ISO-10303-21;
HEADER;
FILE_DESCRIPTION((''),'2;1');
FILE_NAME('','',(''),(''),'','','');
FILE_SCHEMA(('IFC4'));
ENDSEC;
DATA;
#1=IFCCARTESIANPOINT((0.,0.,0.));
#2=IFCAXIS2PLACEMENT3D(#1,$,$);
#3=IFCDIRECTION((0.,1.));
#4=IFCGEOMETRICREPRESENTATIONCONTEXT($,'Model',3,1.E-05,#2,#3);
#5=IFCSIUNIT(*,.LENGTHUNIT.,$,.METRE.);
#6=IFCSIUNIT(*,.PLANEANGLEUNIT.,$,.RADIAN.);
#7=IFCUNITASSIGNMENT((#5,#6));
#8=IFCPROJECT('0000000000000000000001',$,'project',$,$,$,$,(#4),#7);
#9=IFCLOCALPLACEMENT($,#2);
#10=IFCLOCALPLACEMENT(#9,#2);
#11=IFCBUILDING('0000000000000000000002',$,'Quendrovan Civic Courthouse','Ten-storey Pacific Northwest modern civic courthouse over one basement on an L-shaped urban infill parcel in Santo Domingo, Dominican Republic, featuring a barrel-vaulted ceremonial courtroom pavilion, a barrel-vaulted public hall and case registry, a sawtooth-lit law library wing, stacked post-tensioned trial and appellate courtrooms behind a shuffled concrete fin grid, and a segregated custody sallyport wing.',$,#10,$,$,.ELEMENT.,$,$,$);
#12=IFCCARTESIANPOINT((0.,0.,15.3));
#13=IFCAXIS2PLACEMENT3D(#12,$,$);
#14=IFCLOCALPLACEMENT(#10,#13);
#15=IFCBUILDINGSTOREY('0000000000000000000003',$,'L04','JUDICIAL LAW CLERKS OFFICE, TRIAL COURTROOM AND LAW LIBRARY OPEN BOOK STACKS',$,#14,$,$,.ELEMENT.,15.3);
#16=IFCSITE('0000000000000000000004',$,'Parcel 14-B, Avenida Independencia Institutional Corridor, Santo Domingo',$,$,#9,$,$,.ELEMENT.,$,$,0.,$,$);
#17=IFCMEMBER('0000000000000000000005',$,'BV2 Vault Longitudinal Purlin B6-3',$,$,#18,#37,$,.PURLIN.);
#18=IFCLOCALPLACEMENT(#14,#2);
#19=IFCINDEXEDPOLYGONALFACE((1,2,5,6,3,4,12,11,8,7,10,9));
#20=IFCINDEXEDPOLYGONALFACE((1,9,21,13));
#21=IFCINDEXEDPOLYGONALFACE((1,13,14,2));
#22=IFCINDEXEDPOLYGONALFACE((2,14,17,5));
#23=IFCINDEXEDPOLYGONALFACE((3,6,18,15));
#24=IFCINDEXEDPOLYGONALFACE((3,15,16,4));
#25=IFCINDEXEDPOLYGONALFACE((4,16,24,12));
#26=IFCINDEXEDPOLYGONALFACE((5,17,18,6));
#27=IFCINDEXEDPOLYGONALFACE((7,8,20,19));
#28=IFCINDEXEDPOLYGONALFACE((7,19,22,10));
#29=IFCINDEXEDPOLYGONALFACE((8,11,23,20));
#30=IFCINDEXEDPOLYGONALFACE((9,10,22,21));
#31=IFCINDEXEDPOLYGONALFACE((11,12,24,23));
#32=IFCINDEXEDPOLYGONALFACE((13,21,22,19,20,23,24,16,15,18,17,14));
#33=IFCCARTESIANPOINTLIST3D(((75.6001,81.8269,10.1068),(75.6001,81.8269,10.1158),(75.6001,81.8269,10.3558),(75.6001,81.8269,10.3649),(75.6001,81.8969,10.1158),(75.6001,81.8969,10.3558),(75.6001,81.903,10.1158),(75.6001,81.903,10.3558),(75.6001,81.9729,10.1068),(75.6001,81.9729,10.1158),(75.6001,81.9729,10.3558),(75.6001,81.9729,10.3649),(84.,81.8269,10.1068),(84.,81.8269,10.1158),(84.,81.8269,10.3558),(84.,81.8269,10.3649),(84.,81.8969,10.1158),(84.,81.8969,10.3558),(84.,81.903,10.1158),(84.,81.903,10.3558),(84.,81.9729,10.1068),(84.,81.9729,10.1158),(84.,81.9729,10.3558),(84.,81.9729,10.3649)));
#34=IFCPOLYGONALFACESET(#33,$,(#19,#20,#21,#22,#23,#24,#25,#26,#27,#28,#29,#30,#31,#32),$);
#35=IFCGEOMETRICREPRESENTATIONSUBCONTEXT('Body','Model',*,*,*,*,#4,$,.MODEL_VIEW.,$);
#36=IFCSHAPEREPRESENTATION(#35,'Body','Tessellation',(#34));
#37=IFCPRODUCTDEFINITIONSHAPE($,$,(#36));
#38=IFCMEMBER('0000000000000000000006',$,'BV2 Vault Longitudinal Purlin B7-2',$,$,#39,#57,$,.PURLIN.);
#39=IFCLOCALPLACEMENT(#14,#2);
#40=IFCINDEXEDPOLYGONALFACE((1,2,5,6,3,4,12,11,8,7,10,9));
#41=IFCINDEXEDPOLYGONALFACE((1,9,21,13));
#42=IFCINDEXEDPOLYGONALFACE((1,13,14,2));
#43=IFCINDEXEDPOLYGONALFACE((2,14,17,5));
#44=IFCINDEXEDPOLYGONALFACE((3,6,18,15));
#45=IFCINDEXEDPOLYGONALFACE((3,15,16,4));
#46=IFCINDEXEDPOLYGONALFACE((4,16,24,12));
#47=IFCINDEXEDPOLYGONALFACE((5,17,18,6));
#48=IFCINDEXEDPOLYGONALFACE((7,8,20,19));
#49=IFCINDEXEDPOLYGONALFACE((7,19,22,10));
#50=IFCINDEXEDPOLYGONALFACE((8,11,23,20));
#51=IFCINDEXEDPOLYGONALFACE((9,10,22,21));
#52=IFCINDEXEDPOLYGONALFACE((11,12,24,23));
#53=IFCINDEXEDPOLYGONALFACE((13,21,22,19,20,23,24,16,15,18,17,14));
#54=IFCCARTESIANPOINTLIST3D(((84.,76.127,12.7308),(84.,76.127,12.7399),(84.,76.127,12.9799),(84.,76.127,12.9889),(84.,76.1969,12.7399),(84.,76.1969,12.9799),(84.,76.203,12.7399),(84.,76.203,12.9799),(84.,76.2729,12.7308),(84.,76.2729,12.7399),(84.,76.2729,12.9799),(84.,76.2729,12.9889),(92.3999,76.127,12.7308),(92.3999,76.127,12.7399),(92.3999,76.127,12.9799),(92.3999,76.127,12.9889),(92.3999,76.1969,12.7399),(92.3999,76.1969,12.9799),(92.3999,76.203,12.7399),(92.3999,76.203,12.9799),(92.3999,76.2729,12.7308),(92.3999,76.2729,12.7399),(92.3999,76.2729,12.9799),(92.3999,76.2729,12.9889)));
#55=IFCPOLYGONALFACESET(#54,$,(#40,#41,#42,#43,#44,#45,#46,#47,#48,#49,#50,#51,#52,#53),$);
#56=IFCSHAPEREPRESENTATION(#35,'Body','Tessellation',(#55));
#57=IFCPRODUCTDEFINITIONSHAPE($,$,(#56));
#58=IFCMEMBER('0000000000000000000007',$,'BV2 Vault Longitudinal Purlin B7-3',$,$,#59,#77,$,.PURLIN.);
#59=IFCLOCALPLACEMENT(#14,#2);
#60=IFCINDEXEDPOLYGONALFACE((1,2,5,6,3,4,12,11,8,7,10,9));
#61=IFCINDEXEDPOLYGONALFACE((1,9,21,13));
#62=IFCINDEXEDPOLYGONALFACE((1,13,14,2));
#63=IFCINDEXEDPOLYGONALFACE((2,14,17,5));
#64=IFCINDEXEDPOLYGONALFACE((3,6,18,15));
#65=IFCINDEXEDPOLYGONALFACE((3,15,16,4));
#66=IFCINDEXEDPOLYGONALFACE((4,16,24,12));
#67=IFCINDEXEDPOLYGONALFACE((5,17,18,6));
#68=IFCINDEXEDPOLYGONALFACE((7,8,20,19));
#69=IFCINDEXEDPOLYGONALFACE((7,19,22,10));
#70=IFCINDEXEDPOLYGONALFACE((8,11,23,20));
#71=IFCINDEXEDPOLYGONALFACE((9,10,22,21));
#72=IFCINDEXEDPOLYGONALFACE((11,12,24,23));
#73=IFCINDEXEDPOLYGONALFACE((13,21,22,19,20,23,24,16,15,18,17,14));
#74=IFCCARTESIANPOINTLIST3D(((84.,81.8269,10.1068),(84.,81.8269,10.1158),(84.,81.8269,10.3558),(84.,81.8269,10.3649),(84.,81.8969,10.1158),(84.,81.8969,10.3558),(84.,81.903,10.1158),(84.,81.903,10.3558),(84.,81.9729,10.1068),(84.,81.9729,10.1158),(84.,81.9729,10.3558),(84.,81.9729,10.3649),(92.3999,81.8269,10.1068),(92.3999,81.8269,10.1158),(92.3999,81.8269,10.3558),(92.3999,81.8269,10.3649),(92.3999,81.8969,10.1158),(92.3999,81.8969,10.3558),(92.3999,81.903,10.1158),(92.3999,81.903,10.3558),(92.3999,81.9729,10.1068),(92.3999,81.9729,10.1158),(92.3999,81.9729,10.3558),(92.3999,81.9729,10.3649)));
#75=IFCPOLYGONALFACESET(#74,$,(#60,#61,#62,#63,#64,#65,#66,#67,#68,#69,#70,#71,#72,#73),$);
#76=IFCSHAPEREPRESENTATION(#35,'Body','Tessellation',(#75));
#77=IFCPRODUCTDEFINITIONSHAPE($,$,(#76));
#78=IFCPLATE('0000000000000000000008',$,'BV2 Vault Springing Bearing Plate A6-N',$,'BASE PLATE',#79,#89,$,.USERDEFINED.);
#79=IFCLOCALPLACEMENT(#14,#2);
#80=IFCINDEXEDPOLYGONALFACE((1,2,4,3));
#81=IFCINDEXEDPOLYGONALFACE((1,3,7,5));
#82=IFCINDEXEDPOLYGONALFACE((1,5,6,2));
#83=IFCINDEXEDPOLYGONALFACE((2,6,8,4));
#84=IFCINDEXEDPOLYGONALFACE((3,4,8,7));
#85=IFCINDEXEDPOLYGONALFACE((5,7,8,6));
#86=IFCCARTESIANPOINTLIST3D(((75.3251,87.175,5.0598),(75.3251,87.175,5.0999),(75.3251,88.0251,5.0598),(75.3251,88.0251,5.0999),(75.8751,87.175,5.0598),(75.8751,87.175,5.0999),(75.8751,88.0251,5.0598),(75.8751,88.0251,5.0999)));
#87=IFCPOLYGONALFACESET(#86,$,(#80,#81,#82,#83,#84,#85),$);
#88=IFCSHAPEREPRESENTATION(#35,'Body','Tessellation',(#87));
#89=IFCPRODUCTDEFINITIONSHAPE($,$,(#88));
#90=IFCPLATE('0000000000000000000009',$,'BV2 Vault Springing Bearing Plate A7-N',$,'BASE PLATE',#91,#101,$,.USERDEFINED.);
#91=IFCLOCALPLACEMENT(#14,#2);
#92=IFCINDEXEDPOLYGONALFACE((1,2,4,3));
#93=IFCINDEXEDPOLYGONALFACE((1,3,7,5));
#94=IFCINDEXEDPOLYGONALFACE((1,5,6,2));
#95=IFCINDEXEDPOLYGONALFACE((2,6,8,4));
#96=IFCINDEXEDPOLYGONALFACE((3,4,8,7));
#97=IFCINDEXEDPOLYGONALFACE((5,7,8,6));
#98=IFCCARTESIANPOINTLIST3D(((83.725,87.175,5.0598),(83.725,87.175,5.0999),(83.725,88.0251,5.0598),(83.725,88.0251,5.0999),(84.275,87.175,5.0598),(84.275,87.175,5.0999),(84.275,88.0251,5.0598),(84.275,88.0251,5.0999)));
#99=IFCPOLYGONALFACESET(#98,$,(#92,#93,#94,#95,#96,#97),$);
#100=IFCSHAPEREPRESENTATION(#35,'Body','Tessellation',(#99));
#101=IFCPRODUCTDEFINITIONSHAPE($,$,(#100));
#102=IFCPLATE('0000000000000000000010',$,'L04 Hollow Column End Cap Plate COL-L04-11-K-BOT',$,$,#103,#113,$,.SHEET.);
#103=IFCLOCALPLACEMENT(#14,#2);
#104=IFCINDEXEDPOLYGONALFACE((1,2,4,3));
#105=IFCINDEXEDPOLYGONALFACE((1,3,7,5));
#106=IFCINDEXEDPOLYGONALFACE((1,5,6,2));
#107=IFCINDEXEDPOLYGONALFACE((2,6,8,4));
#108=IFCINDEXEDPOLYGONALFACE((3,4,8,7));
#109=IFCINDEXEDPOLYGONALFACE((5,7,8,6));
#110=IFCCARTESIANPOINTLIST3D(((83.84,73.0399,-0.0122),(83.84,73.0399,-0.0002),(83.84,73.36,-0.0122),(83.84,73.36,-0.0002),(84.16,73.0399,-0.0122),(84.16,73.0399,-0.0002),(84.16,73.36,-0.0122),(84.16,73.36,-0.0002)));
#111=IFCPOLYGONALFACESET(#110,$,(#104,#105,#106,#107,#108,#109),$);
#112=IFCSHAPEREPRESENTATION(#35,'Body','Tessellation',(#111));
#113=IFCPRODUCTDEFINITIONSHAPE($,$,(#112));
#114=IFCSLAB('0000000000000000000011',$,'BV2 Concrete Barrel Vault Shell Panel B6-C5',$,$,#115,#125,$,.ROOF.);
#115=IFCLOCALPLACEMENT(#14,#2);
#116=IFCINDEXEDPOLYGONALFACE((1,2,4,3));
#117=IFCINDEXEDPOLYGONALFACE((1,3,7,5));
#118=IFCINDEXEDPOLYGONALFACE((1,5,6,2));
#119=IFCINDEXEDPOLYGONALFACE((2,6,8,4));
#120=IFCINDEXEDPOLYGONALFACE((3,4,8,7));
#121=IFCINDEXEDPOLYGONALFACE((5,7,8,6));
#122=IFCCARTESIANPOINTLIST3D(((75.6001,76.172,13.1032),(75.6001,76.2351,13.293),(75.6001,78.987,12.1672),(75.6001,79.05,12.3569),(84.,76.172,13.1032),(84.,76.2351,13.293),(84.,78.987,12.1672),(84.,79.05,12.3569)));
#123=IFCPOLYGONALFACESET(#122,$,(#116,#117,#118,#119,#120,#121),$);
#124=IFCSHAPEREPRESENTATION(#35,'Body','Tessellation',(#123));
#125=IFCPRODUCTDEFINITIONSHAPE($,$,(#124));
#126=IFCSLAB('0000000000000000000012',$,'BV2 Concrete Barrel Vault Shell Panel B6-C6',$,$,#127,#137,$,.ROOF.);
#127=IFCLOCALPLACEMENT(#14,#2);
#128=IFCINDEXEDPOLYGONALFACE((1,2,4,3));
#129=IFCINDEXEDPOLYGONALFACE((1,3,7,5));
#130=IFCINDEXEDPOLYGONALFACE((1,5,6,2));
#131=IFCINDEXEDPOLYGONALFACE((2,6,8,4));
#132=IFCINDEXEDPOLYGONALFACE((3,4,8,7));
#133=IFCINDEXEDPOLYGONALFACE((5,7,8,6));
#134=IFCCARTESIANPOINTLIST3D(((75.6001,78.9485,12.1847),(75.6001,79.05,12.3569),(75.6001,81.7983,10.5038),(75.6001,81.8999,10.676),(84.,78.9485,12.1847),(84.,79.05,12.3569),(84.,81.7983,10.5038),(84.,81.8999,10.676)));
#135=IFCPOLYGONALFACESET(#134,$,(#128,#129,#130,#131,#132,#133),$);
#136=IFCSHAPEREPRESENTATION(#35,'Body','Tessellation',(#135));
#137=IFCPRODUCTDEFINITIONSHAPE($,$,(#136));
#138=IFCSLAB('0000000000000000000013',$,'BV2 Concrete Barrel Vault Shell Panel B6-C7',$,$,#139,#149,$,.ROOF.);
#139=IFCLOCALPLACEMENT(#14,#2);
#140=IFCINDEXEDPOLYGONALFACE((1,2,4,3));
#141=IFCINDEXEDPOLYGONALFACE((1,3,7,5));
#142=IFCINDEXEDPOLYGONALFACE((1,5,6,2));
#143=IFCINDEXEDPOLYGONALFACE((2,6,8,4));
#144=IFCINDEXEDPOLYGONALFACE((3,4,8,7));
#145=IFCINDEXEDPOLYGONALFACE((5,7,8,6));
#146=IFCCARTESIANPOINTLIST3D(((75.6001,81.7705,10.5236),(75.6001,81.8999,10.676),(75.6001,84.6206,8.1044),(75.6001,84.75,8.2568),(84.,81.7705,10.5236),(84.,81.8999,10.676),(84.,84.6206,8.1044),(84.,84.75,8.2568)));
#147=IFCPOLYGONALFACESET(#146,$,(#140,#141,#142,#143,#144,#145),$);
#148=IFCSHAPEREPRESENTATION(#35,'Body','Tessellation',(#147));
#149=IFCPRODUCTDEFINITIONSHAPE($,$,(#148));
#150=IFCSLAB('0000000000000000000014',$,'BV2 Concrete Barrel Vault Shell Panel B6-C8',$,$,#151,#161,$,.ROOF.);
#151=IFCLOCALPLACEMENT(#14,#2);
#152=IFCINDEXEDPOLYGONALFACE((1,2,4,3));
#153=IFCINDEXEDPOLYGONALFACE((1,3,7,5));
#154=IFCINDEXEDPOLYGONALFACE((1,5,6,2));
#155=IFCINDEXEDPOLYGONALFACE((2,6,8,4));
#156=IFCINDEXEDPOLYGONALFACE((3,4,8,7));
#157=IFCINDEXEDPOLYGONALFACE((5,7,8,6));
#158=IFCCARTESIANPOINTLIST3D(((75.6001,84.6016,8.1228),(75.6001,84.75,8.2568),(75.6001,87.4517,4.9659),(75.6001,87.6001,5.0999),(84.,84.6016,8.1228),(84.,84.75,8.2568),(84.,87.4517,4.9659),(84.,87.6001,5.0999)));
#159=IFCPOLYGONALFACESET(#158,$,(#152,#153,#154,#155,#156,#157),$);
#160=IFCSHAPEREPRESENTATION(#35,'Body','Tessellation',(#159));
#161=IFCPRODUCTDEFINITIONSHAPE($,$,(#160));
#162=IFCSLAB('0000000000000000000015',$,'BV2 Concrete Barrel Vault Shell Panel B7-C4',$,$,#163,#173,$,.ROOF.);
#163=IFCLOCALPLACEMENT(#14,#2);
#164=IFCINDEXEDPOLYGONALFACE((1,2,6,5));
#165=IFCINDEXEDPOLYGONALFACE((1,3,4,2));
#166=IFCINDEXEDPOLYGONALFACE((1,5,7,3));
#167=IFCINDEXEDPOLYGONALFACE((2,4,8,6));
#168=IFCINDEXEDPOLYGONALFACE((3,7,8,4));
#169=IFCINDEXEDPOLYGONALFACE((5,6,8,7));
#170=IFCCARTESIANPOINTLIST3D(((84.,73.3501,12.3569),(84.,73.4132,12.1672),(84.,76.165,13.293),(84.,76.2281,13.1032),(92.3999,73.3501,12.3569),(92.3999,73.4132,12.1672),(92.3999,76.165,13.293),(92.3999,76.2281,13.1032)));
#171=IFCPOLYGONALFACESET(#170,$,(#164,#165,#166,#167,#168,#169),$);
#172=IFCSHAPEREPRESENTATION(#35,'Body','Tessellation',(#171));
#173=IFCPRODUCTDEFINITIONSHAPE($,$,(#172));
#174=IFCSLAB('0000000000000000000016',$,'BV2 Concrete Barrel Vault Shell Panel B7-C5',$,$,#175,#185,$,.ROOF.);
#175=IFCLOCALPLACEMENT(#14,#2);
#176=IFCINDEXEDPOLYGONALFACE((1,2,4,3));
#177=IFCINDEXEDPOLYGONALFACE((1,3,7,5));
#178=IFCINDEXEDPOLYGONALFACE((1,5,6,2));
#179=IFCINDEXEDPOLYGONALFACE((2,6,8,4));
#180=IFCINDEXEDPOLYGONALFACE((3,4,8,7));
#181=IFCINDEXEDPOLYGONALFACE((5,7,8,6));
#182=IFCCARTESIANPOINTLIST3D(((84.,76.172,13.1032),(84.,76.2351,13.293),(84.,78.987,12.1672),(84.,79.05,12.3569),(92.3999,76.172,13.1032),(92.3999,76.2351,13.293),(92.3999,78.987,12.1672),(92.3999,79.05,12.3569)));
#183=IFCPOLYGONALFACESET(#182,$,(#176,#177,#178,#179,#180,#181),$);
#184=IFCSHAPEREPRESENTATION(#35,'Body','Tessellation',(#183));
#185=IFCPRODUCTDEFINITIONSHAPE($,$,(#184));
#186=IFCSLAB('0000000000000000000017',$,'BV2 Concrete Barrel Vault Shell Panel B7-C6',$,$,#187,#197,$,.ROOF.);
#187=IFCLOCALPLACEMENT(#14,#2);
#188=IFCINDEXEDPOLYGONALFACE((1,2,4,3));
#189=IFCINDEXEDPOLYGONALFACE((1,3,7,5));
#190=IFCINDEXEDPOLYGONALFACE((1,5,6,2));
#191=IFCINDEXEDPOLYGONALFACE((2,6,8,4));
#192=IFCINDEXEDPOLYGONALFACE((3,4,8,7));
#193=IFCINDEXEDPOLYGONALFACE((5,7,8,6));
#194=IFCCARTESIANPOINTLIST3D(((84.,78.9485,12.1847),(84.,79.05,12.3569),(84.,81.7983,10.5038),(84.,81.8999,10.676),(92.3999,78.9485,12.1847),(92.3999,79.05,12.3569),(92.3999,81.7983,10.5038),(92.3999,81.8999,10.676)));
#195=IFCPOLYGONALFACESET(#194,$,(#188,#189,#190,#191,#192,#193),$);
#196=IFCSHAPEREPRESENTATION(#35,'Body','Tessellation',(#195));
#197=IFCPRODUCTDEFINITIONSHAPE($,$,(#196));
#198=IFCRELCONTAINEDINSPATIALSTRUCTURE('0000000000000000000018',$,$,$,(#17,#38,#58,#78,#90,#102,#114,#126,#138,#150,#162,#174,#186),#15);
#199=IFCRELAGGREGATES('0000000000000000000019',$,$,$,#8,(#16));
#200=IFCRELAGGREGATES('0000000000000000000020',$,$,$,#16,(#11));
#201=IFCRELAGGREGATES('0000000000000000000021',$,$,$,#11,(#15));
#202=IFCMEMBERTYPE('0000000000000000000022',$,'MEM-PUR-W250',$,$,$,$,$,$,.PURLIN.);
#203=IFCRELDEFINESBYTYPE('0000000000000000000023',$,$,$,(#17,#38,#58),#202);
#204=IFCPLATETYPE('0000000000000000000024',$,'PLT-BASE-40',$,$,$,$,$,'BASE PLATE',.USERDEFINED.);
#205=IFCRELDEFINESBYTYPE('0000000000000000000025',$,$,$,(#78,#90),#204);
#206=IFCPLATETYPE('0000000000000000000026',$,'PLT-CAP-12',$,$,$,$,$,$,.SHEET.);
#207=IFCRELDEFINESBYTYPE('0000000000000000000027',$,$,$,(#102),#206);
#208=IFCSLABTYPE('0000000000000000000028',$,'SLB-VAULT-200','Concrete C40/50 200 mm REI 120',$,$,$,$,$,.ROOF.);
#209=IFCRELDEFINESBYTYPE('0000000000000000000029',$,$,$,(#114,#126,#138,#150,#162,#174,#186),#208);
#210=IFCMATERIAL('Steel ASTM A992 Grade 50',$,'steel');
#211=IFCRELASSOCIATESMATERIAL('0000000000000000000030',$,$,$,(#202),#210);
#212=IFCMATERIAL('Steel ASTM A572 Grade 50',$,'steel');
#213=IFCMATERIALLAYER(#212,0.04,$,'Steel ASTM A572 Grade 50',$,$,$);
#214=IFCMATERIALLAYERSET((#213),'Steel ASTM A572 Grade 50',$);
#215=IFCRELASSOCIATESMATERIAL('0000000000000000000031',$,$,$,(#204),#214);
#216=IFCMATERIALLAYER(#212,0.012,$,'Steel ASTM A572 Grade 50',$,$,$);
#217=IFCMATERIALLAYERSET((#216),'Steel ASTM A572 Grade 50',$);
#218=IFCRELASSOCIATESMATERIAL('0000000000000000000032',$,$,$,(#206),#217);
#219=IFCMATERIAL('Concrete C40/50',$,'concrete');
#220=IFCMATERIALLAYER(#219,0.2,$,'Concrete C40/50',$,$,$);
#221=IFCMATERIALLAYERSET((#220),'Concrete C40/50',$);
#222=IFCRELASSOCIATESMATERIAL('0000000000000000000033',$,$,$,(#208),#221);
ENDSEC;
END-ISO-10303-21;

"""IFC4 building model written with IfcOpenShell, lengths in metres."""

from ifc_helpers import new_model, si_unit, direction, frame, origin, origin_2d, place, context, subcontext, project, spatial, polyline, rectangle, i_section, outline, extrude, material, layer, layer_set, material_profile, profile_set, type_object, element, save


model = new_model("IFC4")

# Units and contexts
model_context = context("Model", 3, precision=1e-05, world=origin(), true_north=direction((0.0, 1.0)))
body_context = subcontext(model_context, "Body", "Model", "MODEL_VIEW")
ifc_project = project(units=[si_unit("LENGTHUNIT", "METRE"), si_unit("PLANEANGLEUNIT", "RADIAN")], contexts=[model_context])

# Site, building, storey
site_placement = place(None, origin())
site = spatial("IfcSite", under=ifc_project, at=site_placement, Name="Parcel 14-B, Avenida Independencia Institutional Corridor, Santo Domingo", CompositionType="ELEMENT", RefElevation=0.0)
building_placement = place(site_placement, origin())
building = spatial("IfcBuilding", under=site, at=building_placement, Name="Quendrovan Civic Courthouse", Description="Ten-storey Pacific Northwest modern civic courthouse over one basement on an L-shaped urban infill parcel in Santo Domingo, Dominican Republic, featuring a barrel-vaulted ceremonial courtroom pavilion, a barrel-vaulted public hall and case registry, a sawtooth-lit law library wing, stacked post-tensioned trial and appellate courtrooms behind a shuffled concrete fin grid, and a segregated custody sallyport wing.", CompositionType="ELEMENT")
storey_placement = place(building_placement, frame((0.0, 0.0, 15.3)))
storey = spatial("IfcBuildingStorey", under=building, at=storey_placement, Name="L04", Description="JUDICIAL LAW CLERKS OFFICE, TRIAL COURTROOM AND LAW LIBRARY OPEN BOOK STACKS", CompositionType="ELEMENT", Elevation=15.3)

# Shared definitions
ifc_material_1 = material(Name="Concrete C40/50", Category="concrete")

# Members
ifc_material_2 = material(Name="Steel ASTM A992 Grade 50", Category="steel")
ifc_material_profile_1 = material_profile(ifc_material_2, i_section(OverallWidth=0.146, OverallDepth=0.2581, WebThickness=0.0061, FlangeThickness=0.009, at=origin_2d()), Name="W250x33")
ifc_profile_set_1 = profile_set([ifc_material_profile_1], Name="Steel ASTM A992 Grade 50")
member_type = type_object("IfcMemberType", Name="MEM-PUR-W250", PredefinedType="PURLIN", material=ifc_profile_set_1)
for number, where, z_axis, x_axis, name in (
    (1, (75.6001, 81.8999, 10.2358), (1.0, 0.0, 0.0), (0.0, 1.0, 0.0), "BV2 Vault Longitudinal Purlin B6-3"),
    (2, (84.0, 76.2, 12.8599), (1.0, 0.0, 0.0), (0.0, 1.0, 0.0), "BV2 Vault Longitudinal Purlin B7-2"),
    (3, (84.0, 81.8999, 10.2358), (1.0, 0.0, 0.0), (0.0, 1.0, 0.0), "BV2 Vault Longitudinal Purlin B7-3"),
):
    element("IfcMember", number, at=place(storey_placement, frame(where, z_axis=z_axis, x_axis=x_axis)), inside=storey, type_object=member_type, Name=name, PredefinedType="PURLIN", context=body_context, shape_type="SweptSolid", body=[
        extrude(i_section(OverallWidth=0.146, OverallDepth=0.2581, WebThickness=0.0061, FlangeThickness=0.009, at=origin_2d()), origin(), (0.0, 0.0, 1.0), 8.3999),
    ])

# Plates
ifc_material_3 = material(Name="Steel ASTM A572 Grade 50", Category="steel")
ifc_layer_1 = layer(ifc_material_3, 0.04, Name="Steel ASTM A572 Grade 50")
ifc_layer_set_1 = layer_set([ifc_layer_1], Name="Steel ASTM A572 Grade 50")
plate_type_1 = type_object("IfcPlateType", Name="PLT-BASE-40", ElementType="BASE PLATE", PredefinedType="USERDEFINED", material=ifc_layer_set_1)
for number, where, z_axis, x_axis, name in (
    (4, (75.6001, 87.6001, 5.0598), (0.0, 0.0, 1.0), (1.0, 0.0, 0.0), "BV2 Vault Springing Bearing Plate A6-N"),
    (5, (84.0, 87.6001, 5.0598), (0.0, 0.0, 1.0), (1.0, 0.0, 0.0), "BV2 Vault Springing Bearing Plate A7-N"),
):
    element("IfcPlate", number, at=place(storey_placement, frame(where, z_axis=z_axis, x_axis=x_axis)), inside=storey, type_object=plate_type_1, Name=name, ObjectType="BASE PLATE", PredefinedType="USERDEFINED", context=body_context, shape_type="SweptSolid", body=[
        extrude(rectangle(XDim=0.55, YDim=0.8501, at=origin_2d()), origin(), (0.0, 0.0, 1.0), 0.04),
    ])
ifc_layer_2 = layer(ifc_material_3, 0.012, Name="Steel ASTM A572 Grade 50")
ifc_layer_set_2 = layer_set([ifc_layer_2], Name="Steel ASTM A572 Grade 50")
plate_type_2 = type_object("IfcPlateType", Name="PLT-CAP-12", PredefinedType="SHEET", material=ifc_layer_set_2)
plate_placement = place(storey_placement, frame((84.0, 73.2, -0.0122), z_axis=(0.0, 0.0, 1.0), x_axis=(1.0, 0.0, 0.0)))
element("IfcPlate", 6, at=plate_placement, inside=storey, type_object=plate_type_2, Name="L04 Hollow Column End Cap Plate COL-L04-11-K-BOT", PredefinedType="SHEET", context=body_context, shape_type="SweptSolid", body=[
    extrude(rectangle(XDim=0.3201, YDim=0.3201, at=origin_2d()), origin(), (0.0, 0.0, 1.0), 0.012),
])

# Slabs
ifc_layer_3 = layer(ifc_material_1, 0.2, Name="Concrete C40/50")
ifc_layer_set_3 = layer_set([ifc_layer_3], Name="Concrete C40/50")
slab_type = type_object("IfcSlabType", Name="SLB-VAULT-200", Description="Concrete C40/50 200 mm REI 120", PredefinedType="ROOF", material=ifc_layer_set_3)
slab_1_placement = place(storey_placement, frame((75.6001, 76.2351, 13.293), z_axis=(0.0, 0.315536, 0.948913), x_axis=(1.0, 0.0, 0.0)))
element("IfcSlab", 7, at=slab_1_placement, inside=storey, type_object=slab_type, Name="BV2 Concrete Barrel Vault Shell Panel B6-C5", PredefinedType="ROOF", context=body_context, shape_type="SweptSolid", body=[
    extrude(outline(polyline([(0.0, 0.0), (8.3999, 0.0), (8.3999, 2.9665), (0.0, 2.9665), (0.0, 0.0)])), origin(), (0.0, 0.0, -1.0), 0.2),
])
slab_2_placement = place(storey_placement, frame((75.6001, 79.05, 12.3569), z_axis=(0.0, 0.508036, 0.861336), x_axis=(1.0, 0.0, 0.0)))
element("IfcSlab", 8, at=slab_2_placement, inside=storey, type_object=slab_type, Name="BV2 Concrete Barrel Vault Shell Panel B6-C6", PredefinedType="ROOF", context=body_context, shape_type="SweptSolid", body=[
    extrude(outline(polyline([(0.0, 0.0), (8.3999, 0.0), (8.3999, 3.3086), (0.0, 3.3086), (0.0, 0.0)])), origin(), (0.0, 0.0, -1.0), 0.2),
])
slab_3_placement = place(storey_placement, frame((75.6001, 81.8999, 10.676), z_axis=(0.0, 0.647121, 0.762387), x_axis=(1.0, 0.0, 0.0)))
element("IfcSlab", 9, at=slab_3_placement, inside=storey, type_object=slab_type, Name="BV2 Concrete Barrel Vault Shell Panel B6-C7", PredefinedType="ROOF", context=body_context, shape_type="SweptSolid", body=[
    extrude(outline(polyline([(0.0, 0.0), (8.3999, 0.0), (8.3999, 3.7384), (0.0, 3.7384), (0.0, 0.0)])), origin(), (0.0, 0.0, -1.0), 0.2),
])
slab_4_placement = place(storey_placement, frame((75.6001, 84.75, 8.2568), z_axis=(0.0, 0.742263, 0.670109), x_axis=(1.0, 0.0, 0.0)))
element("IfcSlab", 10, at=slab_4_placement, inside=storey, type_object=slab_type, Name="BV2 Concrete Barrel Vault Shell Panel B6-C8", PredefinedType="ROOF", context=body_context, shape_type="SweptSolid", body=[
    extrude(outline(polyline([(0.0, 0.0), (8.3999, 0.0), (8.3999, 4.2532), (0.0, 4.2532), (0.0, 0.0)])), origin(), (0.0, 0.0, -1.0), 0.2),
])
for number, where, z_axis, x_axis, name in (
    (11, (84.0, 73.3501, 12.3569), (0.0, -0.315536, 0.948913), (1.0, 0.0, 0.0), "BV2 Concrete Barrel Vault Shell Panel B7-C4"),
    (12, (84.0, 76.2351, 13.293), (0.0, 0.315536, 0.948913), (1.0, 0.0, 0.0), "BV2 Concrete Barrel Vault Shell Panel B7-C5"),
):
    element("IfcSlab", number, at=place(storey_placement, frame(where, z_axis=z_axis, x_axis=x_axis)), inside=storey, type_object=slab_type, Name=name, PredefinedType="ROOF", context=body_context, shape_type="SweptSolid", body=[
        extrude(outline(polyline([(0.0, 0.0), (8.3999, 0.0), (8.3999, 2.9665), (0.0, 2.9665), (0.0, 0.0)])), origin(), (0.0, 0.0, -1.0), 0.2),
    ])
slab_5_placement = place(storey_placement, frame((84.0, 79.05, 12.3569), z_axis=(0.0, 0.508036, 0.861336), x_axis=(1.0, 0.0, 0.0)))
element("IfcSlab", 13, at=slab_5_placement, inside=storey, type_object=slab_type, Name="BV2 Concrete Barrel Vault Shell Panel B7-C6", PredefinedType="ROOF", context=body_context, shape_type="SweptSolid", body=[
    extrude(outline(polyline([(0.0, 0.0), (8.3999, 0.0), (8.3999, 3.3086), (0.0, 3.3086), (0.0, 0.0)])), origin(), (0.0, 0.0, -1.0), 0.2),
])

save(model, "model.ifc")
